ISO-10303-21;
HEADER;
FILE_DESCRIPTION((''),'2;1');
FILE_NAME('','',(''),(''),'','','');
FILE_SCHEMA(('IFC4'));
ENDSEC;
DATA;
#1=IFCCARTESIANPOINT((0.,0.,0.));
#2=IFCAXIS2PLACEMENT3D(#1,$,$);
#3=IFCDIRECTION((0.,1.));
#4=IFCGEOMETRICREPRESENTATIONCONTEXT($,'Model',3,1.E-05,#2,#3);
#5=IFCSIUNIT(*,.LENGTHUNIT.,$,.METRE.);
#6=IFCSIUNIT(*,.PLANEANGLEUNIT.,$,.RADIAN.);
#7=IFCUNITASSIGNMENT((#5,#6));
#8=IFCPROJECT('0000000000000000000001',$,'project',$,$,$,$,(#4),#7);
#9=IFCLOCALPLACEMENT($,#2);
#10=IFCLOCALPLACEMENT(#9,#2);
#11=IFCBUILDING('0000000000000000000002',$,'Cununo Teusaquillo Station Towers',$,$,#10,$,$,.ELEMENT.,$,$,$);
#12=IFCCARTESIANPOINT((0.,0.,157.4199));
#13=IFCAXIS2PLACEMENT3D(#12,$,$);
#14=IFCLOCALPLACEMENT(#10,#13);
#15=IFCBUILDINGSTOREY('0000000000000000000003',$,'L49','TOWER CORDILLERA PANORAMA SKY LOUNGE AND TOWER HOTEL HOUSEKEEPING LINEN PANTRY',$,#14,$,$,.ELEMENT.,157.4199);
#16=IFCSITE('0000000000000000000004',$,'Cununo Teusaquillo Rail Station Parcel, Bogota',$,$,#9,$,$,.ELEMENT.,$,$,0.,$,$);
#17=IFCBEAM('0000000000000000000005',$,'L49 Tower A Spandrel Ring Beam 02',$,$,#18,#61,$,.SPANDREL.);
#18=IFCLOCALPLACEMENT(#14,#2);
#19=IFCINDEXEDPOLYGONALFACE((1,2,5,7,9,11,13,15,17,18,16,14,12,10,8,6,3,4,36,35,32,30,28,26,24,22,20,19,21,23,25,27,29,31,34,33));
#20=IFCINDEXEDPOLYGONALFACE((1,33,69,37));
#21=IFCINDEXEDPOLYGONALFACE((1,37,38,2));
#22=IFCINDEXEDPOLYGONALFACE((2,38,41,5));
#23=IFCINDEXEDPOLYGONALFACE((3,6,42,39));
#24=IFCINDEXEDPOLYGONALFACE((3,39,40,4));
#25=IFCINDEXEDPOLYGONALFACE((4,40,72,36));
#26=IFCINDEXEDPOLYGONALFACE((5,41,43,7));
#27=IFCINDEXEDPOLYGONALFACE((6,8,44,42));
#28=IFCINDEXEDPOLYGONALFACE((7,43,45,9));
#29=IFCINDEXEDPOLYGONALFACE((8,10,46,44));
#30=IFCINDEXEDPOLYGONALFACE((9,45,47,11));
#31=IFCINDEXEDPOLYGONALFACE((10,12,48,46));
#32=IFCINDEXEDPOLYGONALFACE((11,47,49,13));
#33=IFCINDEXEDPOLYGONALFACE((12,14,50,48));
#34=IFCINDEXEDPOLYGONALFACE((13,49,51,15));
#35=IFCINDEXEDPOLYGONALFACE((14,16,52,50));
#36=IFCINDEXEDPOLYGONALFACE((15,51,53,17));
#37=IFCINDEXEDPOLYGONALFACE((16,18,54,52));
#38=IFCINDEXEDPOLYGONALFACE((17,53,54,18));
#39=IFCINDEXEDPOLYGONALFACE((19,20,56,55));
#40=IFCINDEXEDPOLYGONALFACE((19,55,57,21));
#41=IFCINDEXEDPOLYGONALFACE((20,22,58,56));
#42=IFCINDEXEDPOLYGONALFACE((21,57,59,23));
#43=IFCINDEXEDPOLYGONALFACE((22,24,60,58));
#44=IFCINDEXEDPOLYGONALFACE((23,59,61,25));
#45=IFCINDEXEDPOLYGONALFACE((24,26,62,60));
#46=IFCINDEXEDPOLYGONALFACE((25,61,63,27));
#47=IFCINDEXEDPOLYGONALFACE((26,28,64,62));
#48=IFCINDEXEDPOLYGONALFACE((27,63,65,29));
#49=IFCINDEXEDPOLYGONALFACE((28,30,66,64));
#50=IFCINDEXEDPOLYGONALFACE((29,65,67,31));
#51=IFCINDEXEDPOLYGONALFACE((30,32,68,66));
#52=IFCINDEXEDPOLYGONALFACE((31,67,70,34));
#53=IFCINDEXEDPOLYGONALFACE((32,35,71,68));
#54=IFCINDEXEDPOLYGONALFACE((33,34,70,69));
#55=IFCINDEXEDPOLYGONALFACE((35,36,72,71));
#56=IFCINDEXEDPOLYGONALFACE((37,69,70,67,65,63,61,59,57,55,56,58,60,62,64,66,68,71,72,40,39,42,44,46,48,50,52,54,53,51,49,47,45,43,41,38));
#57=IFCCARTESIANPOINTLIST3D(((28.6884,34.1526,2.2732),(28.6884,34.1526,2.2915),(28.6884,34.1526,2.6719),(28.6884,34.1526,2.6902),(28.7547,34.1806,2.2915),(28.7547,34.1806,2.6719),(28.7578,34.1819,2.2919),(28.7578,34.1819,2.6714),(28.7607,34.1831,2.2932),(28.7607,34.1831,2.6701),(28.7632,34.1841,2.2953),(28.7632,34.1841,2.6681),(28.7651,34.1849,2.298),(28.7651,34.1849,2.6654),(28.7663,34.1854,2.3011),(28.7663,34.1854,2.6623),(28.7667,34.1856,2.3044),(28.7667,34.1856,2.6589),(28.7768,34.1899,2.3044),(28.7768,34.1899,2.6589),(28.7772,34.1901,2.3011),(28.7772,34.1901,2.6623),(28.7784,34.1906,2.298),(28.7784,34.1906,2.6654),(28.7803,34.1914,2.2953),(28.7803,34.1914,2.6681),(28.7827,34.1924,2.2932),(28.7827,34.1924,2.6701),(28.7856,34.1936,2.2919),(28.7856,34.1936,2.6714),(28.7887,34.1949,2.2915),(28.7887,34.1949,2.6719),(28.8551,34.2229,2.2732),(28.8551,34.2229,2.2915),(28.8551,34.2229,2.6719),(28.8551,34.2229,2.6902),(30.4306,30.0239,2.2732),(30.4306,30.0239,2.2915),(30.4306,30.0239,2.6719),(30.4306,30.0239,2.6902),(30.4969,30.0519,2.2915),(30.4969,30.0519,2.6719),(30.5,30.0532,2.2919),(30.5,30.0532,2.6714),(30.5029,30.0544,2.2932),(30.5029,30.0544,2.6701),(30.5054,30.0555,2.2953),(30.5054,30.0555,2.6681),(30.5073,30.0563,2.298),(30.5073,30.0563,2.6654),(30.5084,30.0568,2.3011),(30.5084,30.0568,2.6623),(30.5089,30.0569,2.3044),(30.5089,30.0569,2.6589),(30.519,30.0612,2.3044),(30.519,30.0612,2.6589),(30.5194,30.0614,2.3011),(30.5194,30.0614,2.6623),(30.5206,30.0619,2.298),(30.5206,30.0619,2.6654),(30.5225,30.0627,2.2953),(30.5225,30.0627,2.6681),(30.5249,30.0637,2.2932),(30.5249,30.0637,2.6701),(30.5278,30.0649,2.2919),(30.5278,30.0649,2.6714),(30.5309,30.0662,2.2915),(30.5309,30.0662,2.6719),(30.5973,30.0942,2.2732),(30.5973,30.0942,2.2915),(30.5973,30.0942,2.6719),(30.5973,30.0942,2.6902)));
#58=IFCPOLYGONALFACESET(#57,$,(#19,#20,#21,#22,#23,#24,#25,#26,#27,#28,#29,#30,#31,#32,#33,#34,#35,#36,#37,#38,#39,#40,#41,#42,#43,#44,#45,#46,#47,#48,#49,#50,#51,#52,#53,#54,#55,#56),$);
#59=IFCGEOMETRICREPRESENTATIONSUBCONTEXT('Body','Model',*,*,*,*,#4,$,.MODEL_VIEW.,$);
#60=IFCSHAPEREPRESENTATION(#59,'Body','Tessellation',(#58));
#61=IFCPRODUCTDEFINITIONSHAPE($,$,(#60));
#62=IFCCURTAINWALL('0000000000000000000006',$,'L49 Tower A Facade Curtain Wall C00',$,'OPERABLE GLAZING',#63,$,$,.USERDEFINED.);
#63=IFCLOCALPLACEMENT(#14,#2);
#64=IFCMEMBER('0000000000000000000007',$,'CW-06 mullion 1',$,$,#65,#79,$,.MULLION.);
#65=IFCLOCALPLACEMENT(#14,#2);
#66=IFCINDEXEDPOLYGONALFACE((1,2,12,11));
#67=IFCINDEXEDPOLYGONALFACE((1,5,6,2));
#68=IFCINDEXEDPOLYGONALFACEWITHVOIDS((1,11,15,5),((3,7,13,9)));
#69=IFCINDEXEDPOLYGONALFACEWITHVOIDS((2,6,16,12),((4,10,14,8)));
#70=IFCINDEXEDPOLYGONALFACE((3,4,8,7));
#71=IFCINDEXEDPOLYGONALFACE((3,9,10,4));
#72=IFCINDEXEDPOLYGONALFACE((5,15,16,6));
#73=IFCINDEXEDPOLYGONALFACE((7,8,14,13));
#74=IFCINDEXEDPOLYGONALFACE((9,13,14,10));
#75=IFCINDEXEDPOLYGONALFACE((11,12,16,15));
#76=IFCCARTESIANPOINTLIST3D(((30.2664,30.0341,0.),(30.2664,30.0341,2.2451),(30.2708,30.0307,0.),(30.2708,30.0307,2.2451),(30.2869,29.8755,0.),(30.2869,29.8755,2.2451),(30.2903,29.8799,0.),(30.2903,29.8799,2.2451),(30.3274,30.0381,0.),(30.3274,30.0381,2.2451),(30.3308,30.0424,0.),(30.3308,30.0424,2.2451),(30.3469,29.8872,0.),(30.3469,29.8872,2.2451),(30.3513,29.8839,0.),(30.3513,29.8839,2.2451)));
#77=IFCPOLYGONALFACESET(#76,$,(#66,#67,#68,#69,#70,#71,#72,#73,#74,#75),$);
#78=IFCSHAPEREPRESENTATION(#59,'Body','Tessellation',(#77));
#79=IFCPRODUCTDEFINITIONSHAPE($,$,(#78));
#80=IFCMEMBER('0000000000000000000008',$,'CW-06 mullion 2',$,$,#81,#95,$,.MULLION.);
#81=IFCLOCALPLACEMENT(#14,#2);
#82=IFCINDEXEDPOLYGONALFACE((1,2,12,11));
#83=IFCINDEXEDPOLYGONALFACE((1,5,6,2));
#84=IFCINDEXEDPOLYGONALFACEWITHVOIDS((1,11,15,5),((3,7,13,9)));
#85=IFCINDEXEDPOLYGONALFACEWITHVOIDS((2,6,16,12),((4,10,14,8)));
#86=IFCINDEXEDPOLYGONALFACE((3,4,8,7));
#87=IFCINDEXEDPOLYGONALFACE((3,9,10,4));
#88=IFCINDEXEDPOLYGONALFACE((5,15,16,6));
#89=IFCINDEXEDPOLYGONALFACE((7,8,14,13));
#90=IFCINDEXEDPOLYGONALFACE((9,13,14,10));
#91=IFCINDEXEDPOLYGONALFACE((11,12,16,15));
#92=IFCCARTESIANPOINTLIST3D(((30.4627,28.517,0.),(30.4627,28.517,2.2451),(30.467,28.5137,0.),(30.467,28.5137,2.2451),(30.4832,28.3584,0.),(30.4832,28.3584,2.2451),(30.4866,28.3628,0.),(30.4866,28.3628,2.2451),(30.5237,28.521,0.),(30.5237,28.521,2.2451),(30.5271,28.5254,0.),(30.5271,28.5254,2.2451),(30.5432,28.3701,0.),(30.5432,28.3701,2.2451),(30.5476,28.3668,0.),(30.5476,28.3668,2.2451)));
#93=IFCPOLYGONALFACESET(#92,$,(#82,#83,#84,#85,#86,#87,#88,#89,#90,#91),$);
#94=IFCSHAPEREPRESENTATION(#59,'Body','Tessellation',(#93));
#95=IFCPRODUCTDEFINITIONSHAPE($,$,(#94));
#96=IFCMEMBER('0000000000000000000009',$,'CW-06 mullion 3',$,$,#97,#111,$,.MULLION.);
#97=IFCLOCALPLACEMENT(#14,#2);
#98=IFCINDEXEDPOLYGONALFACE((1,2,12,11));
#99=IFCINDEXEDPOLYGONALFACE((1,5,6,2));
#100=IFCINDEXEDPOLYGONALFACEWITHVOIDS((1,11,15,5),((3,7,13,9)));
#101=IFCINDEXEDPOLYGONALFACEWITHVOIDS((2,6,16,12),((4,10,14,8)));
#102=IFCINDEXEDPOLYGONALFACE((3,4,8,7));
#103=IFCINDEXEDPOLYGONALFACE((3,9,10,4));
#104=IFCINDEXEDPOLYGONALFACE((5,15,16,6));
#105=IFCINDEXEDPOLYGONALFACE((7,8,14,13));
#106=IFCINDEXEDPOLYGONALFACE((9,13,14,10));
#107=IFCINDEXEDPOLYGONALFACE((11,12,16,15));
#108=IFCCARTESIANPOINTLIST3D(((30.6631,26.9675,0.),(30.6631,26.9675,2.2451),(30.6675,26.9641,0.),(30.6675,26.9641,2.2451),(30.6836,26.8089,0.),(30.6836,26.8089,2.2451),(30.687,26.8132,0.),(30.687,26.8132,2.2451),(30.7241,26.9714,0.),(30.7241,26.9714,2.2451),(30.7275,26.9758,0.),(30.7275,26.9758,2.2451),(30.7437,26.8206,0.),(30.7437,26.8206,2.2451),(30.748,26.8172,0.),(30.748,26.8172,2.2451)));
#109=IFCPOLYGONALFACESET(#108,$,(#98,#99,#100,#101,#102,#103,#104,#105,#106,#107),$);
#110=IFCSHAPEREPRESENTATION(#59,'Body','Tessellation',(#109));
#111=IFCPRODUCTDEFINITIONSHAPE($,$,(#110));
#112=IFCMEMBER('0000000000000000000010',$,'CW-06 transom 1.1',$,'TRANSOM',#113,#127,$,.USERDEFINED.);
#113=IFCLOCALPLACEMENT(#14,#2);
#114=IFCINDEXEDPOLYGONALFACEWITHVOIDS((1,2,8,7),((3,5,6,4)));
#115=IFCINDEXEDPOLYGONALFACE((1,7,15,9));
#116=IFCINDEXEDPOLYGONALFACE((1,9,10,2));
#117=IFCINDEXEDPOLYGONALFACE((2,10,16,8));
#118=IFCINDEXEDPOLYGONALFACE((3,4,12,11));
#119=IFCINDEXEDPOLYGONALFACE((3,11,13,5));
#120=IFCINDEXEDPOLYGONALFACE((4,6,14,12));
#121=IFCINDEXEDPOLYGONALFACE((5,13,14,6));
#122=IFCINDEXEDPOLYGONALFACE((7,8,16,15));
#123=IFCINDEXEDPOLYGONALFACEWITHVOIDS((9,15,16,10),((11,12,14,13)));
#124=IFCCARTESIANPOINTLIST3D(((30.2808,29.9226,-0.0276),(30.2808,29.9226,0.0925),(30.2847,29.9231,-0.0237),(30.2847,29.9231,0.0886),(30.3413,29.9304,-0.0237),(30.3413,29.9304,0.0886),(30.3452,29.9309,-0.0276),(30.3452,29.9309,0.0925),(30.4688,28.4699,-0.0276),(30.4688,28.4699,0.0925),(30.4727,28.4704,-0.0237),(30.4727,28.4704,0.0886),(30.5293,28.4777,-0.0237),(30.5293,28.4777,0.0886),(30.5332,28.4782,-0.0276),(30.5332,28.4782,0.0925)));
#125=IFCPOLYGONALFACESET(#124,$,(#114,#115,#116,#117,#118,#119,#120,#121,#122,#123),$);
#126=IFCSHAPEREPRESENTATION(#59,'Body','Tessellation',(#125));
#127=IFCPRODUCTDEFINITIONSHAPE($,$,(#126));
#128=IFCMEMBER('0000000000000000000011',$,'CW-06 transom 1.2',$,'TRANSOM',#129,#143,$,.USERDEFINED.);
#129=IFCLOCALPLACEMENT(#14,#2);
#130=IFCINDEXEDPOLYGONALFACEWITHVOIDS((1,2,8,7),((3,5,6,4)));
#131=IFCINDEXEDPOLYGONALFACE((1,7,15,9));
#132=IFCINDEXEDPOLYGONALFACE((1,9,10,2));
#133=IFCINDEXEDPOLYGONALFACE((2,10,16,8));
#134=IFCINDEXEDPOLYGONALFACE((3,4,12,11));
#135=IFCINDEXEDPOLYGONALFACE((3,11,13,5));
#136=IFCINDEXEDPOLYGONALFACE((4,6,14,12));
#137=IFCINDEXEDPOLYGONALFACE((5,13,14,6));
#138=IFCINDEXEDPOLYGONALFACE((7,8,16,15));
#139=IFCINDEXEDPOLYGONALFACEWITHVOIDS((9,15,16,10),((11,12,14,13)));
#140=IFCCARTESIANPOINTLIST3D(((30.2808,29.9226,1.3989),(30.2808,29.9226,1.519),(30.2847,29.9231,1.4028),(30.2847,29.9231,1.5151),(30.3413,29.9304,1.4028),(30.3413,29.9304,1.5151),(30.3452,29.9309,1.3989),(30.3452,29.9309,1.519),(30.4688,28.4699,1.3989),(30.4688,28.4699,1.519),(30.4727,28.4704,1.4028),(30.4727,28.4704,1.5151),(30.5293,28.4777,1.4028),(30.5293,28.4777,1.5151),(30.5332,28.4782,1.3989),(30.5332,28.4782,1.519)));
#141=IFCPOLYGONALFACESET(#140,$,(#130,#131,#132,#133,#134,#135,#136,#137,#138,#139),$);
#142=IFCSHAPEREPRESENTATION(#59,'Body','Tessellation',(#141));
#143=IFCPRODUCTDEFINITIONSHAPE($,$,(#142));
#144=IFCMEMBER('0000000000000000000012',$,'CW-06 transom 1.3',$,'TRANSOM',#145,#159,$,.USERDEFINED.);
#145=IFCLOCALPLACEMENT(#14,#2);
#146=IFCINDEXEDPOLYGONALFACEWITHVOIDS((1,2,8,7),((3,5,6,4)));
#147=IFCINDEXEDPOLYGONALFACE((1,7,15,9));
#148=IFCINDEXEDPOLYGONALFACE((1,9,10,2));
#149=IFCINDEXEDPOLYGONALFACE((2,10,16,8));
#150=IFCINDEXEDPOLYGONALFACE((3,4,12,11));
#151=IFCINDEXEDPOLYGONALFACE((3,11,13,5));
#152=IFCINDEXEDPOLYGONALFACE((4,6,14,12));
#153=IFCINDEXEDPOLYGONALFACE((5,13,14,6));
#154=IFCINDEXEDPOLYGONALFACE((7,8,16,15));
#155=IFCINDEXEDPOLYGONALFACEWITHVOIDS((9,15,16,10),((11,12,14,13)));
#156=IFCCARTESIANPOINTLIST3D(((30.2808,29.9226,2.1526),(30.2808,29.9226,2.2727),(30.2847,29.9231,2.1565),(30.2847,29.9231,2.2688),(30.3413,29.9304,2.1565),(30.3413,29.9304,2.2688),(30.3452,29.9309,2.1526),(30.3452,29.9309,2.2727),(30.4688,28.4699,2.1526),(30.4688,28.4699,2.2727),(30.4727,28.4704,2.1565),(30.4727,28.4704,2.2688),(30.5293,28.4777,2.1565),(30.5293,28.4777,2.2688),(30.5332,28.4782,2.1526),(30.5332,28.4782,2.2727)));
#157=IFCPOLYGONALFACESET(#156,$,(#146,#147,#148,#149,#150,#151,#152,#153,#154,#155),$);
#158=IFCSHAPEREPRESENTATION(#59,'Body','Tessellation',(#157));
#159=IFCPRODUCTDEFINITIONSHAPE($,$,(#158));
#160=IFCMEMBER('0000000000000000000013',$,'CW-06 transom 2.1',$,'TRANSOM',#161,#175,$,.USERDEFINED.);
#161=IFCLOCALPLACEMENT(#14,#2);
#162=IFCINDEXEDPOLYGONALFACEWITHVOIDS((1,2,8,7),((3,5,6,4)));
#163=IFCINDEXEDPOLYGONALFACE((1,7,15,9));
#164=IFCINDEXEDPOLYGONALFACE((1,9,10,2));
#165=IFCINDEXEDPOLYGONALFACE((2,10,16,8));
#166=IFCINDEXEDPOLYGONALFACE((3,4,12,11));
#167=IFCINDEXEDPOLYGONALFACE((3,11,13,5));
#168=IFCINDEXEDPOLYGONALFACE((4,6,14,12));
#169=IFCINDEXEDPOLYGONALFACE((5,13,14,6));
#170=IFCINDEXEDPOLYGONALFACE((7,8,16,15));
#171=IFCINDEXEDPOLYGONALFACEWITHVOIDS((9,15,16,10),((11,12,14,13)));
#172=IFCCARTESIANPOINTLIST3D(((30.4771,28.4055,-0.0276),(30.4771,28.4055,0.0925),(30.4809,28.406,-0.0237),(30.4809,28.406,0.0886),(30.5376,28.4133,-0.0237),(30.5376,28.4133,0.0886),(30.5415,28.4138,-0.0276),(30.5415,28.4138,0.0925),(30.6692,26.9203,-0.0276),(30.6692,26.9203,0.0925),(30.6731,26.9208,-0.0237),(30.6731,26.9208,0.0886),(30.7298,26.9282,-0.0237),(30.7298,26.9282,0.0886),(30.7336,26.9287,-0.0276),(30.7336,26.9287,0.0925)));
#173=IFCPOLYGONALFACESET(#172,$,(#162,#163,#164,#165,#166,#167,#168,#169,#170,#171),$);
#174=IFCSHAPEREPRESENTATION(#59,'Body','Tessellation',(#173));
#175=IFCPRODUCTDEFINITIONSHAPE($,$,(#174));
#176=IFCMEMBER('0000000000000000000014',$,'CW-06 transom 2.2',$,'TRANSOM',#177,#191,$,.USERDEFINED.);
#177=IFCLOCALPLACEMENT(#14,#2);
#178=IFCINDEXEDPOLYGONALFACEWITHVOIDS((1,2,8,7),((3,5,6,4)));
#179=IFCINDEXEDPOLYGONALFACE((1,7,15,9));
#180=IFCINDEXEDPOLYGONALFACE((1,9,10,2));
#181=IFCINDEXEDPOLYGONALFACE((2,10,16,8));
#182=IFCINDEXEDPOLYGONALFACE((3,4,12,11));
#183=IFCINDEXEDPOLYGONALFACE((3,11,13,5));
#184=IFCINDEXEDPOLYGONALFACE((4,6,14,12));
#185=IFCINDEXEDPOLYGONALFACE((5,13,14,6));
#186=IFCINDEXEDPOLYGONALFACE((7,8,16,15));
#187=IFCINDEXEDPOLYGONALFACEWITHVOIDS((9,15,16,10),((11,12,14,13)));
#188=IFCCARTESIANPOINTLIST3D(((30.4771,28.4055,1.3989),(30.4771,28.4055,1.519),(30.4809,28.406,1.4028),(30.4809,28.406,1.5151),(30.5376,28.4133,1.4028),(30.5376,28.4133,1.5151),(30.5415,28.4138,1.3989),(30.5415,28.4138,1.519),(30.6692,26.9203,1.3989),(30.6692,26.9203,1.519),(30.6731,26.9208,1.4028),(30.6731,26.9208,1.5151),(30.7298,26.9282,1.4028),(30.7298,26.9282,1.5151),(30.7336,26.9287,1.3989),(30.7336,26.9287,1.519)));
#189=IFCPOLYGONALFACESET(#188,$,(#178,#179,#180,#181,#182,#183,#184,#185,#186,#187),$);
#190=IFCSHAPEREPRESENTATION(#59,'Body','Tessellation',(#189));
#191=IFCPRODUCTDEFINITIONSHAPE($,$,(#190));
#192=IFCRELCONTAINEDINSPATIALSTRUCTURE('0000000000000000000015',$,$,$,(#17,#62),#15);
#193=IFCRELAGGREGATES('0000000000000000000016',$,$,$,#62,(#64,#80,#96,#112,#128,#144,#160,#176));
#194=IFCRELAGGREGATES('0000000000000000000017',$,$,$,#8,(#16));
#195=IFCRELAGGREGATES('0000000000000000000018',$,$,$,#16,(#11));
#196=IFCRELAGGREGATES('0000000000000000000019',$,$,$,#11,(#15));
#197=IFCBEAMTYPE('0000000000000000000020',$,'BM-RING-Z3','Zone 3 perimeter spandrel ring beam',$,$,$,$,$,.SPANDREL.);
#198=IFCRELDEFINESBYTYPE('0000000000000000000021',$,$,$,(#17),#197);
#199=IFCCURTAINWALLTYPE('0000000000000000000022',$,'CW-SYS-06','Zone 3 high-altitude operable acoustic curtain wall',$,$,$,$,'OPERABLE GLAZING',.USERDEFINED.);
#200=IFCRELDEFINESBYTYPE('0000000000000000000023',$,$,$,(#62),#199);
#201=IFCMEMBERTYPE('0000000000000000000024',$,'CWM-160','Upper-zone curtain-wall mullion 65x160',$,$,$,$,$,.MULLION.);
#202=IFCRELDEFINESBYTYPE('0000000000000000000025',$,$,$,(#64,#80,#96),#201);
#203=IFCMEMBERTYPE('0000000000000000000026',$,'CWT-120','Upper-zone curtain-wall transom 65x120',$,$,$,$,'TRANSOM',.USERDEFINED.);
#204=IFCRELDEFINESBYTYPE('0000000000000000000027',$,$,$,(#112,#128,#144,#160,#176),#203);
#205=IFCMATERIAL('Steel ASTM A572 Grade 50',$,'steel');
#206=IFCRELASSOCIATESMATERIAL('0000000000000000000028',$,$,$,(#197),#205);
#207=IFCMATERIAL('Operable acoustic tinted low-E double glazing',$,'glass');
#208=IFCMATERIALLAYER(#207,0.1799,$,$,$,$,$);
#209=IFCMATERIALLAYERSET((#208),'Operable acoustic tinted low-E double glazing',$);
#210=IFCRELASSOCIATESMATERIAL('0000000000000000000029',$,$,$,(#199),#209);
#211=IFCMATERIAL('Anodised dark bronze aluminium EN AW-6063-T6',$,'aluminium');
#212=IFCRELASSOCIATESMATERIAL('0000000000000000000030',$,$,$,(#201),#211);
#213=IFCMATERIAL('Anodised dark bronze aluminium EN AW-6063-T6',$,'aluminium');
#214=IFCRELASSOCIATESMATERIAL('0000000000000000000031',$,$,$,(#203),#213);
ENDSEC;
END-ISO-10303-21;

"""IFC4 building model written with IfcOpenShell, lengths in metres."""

from ifc_helpers import new_model, si_unit, direction, frame, origin, origin_2d, place, context, subcontext, project, spatial, hollow_rectangle, i_section, extrude, material, layer, layer_set, material_profile, profile_set, type_object, element, aggregate, save


model = new_model("IFC4")

# Units and contexts
model_context = context("Model", 3, precision=1e-05, world=origin(), true_north=direction((0.0, 1.0)))
body_context = subcontext(model_context, "Body", "Model", "MODEL_VIEW")
ifc_project = project(units=[si_unit("LENGTHUNIT", "METRE"), si_unit("PLANEANGLEUNIT", "RADIAN")], contexts=[model_context])

# Site, building, storey
site_placement = place(None, origin())
site = spatial("IfcSite", under=ifc_project, at=site_placement, Name="Cununo Teusaquillo Rail Station Parcel, Bogota", CompositionType="ELEMENT", RefElevation=0.0)
building_placement = place(site_placement, origin())
building = spatial("IfcBuilding", under=site, at=building_placement, Name="Cununo Teusaquillo Station Towers", CompositionType="ELEMENT")
storey_placement = place(building_placement, frame((0.0, 0.0, 157.4199)))
storey = spatial("IfcBuildingStorey", under=building, at=storey_placement, Name="L49", Description="TOWER CORDILLERA PANORAMA SKY LOUNGE AND TOWER HOTEL HOUSEKEEPING LINEN PANTRY", CompositionType="ELEMENT", Elevation=157.4199)

# Beam
ifc_material_1 = material(Name="Steel ASTM A572 Grade 50", Category="steel")
ifc_material_profile_1 = material_profile(ifc_material_1, i_section(OverallWidth=0.1809, OverallDepth=0.417, WebThickness=0.011, FlangeThickness=0.0183, FilletRadius=0.0129, at=origin_2d()), Name="W16X57")
ifc_profile_set_1 = profile_set([ifc_material_profile_1], Name="Steel ASTM A572 Grade 50")
beam_type_1 = type_object("IfcBeamType", Name="BM-RING-Z3", Description="Zone 3 perimeter spandrel ring beam", PredefinedType="SPANDREL", material=ifc_profile_set_1)
beam_1_placement = place(storey_placement, frame((30.5139, 30.0591, 2.4817), z_axis=(-0.388778, 0.921332, 0.0), x_axis=(-0.921332, -0.388778, 0.0)))
element("IfcBeam", 1, at=beam_1_placement, inside=storey, type_object=beam_type_1, Name="L49 Tower A Spandrel Ring Beam 02", PredefinedType="SPANDREL", context=body_context, shape_type="SweptSolid", body=[
    extrude(i_section(OverallWidth=0.1809, OverallDepth=0.417, WebThickness=0.011, FlangeThickness=0.0183, FilletRadius=0.0129, at=origin_2d()), origin(), (0.0, 0.0, 1.0), 4.4812),
])

# Curtain wall, members
ifc_material_2 = material(Name="Operable acoustic tinted low-E double glazing", Category="glass")
ifc_layer_1 = layer(ifc_material_2, 0.1799)
ifc_layer_set_1 = layer_set([ifc_layer_1], Name="Operable acoustic tinted low-E double glazing")
curtain_wall_type = type_object("IfcCurtainWallType", Name="CW-SYS-06", Description="Zone 3 high-altitude operable acoustic curtain wall", ElementType="OPERABLE GLAZING", PredefinedType="USERDEFINED", material=ifc_layer_set_1)
curtain_wall_placement = place(storey_placement, origin())
curtain_wall = element("IfcCurtainWall", 2, at=curtain_wall_placement, inside=storey, type_object=curtain_wall_type, Name="L49 Tower A Facade Curtain Wall C00", ObjectType="OPERABLE GLAZING", PredefinedType="USERDEFINED")
ifc_material_3 = material(Name="Anodised dark bronze aluminium EN AW-6063-T6", Category="aluminium")
ifc_material_profile_2 = material_profile(ifc_material_3, hollow_rectangle(XDim=0.0649, YDim=0.1599, WallThickness=0.0039, at=origin_2d()), Name="CW-MULL-65x160")
ifc_profile_set_2 = profile_set([ifc_material_profile_2], Name="Anodised dark bronze aluminium EN AW-6063-T6")
member_type_1 = type_object("IfcMemberType", Name="CWM-160", Description="Upper-zone curtain-wall mullion 65x160", PredefinedType="MULLION", material=ifc_profile_set_2)
member_1_placement = place(storey_placement, frame((30.3088, 29.959, 0.0), z_axis=(0.0, 0.0, 1.0), x_axis=(0.991736, 0.128293, 0.0)))
member_1 = element("IfcMember", 3, at=member_1_placement, type_object=member_type_1, Name="CW-06 mullion 1", PredefinedType="MULLION", context=body_context, shape_type="SweptSolid", body=[
    extrude(hollow_rectangle(XDim=0.0649, YDim=0.1599, WallThickness=0.0039, at=origin_2d()), origin(), (0.0, 0.0, 1.0), 2.2451),
])
member_2_placement = place(storey_placement, frame((30.5051, 28.4419, 0.0), z_axis=(0.0, 0.0, 1.0), x_axis=(0.991736, 0.128293, 0.0)))
member_2 = element("IfcMember", 4, at=member_2_placement, type_object=member_type_1, Name="CW-06 mullion 2", PredefinedType="MULLION", context=body_context, shape_type="SweptSolid", body=[
    extrude(hollow_rectangle(XDim=0.0649, YDim=0.1599, WallThickness=0.0039, at=origin_2d()), origin(), (0.0, 0.0, 1.0), 2.2451),
])
member_3_placement = place(storey_placement, frame((30.7056, 26.8923, 0.0), z_axis=(0.0, 0.0, 1.0), x_axis=(0.991736, 0.128293, 0.0)))
member_3 = element("IfcMember", 5, at=member_3_placement, type_object=member_type_1, Name="CW-06 mullion 3", PredefinedType="MULLION", context=body_context, shape_type="SweptSolid", body=[
    extrude(hollow_rectangle(XDim=0.0649, YDim=0.1599, WallThickness=0.0039, at=origin_2d()), origin(), (0.0, 0.0, 1.0), 2.2451),
])
ifc_material_4 = material(Name="Anodised dark bronze aluminium EN AW-6063-T6", Category="aluminium")
ifc_material_profile_3 = material_profile(ifc_material_4, hollow_rectangle(XDim=0.0649, YDim=0.1201, WallThickness=0.0039, at=origin_2d()), Name="CW-TRAN-65x120")
ifc_profile_set_3 = profile_set([ifc_material_profile_3], Name="Anodised dark bronze aluminium EN AW-6063-T6")
member_type_2 = type_object("IfcMemberType", Name="CWT-120", Description="Upper-zone curtain-wall transom 65x120", ElementType="TRANSOM", PredefinedType="USERDEFINED", material=ifc_profile_set_3)
member_4_placement = place(storey_placement, frame((30.313, 29.9268, 0.0325), z_axis=(0.128342, -0.99173, 0.0), x_axis=(0.99173, 0.128342, 0.0)))
member_4 = element("IfcMember", 6, at=member_4_placement, type_object=member_type_2, Name="CW-06 transom 1.1", ObjectType="TRANSOM", PredefinedType="USERDEFINED", context=body_context, shape_type="SweptSolid", body=[
    extrude(hollow_rectangle(XDim=0.0649, YDim=0.1201, WallThickness=0.0039, at=origin_2d()), origin(), (0.0, 0.0, 1.0), 1.4648),
])
member_5_placement = place(storey_placement, frame((30.313, 29.9268, 1.459), z_axis=(0.128342, -0.99173, 0.0), x_axis=(0.99173, 0.128342, 0.0)))
member_5 = element("IfcMember", 7, at=member_5_placement, type_object=member_type_2, Name="CW-06 transom 1.2", ObjectType="TRANSOM", PredefinedType="USERDEFINED", context=body_context, shape_type="SweptSolid", body=[
    extrude(hollow_rectangle(XDim=0.0649, YDim=0.1201, WallThickness=0.0039, at=origin_2d()), origin(), (0.0, 0.0, 1.0), 1.4648),
])
member_6_placement = place(storey_placement, frame((30.313, 29.9268, 2.2126), z_axis=(0.128342, -0.99173, 0.0), x_axis=(0.99173, 0.128342, 0.0)))
member_6 = element("IfcMember", 8, at=member_6_placement, type_object=member_type_2, Name="CW-06 transom 1.3", ObjectType="TRANSOM", PredefinedType="USERDEFINED", context=body_context, shape_type="SweptSolid", body=[
    extrude(hollow_rectangle(XDim=0.0649, YDim=0.1201, WallThickness=0.0039, at=origin_2d()), origin(), (0.0, 0.0, 1.0), 1.4648),
])
member_7_placement = place(storey_placement, frame((30.5093, 28.4097, 0.0325), z_axis=(0.128308, -0.991734, 0.0), x_axis=(0.991734, 0.128308, 0.0)))
member_7 = element("IfcMember", 9, at=member_7_placement, type_object=member_type_2, Name="CW-06 transom 2.1", ObjectType="TRANSOM", PredefinedType="USERDEFINED", context=body_context, shape_type="SweptSolid", body=[
    extrude(hollow_rectangle(XDim=0.0649, YDim=0.1201, WallThickness=0.0039, at=origin_2d()), origin(), (0.0, 0.0, 1.0), 1.4976),
])
member_8_placement = place(storey_placement, frame((30.5093, 28.4097, 1.459), z_axis=(0.128308, -0.991734, 0.0), x_axis=(0.991734, 0.128308, 0.0)))
member_8 = element("IfcMember", 10, at=member_8_placement, type_object=member_type_2, Name="CW-06 transom 2.2", ObjectType="TRANSOM", PredefinedType="USERDEFINED", context=body_context, shape_type="SweptSolid", body=[
    extrude(hollow_rectangle(XDim=0.0649, YDim=0.1201, WallThickness=0.0039, at=origin_2d()), origin(), (0.0, 0.0, 1.0), 1.4976),
])
aggregate(curtain_wall, [member_1, member_2, member_3, member_4, member_5, member_6, member_7, member_8])

save(model, "model.ifc")
